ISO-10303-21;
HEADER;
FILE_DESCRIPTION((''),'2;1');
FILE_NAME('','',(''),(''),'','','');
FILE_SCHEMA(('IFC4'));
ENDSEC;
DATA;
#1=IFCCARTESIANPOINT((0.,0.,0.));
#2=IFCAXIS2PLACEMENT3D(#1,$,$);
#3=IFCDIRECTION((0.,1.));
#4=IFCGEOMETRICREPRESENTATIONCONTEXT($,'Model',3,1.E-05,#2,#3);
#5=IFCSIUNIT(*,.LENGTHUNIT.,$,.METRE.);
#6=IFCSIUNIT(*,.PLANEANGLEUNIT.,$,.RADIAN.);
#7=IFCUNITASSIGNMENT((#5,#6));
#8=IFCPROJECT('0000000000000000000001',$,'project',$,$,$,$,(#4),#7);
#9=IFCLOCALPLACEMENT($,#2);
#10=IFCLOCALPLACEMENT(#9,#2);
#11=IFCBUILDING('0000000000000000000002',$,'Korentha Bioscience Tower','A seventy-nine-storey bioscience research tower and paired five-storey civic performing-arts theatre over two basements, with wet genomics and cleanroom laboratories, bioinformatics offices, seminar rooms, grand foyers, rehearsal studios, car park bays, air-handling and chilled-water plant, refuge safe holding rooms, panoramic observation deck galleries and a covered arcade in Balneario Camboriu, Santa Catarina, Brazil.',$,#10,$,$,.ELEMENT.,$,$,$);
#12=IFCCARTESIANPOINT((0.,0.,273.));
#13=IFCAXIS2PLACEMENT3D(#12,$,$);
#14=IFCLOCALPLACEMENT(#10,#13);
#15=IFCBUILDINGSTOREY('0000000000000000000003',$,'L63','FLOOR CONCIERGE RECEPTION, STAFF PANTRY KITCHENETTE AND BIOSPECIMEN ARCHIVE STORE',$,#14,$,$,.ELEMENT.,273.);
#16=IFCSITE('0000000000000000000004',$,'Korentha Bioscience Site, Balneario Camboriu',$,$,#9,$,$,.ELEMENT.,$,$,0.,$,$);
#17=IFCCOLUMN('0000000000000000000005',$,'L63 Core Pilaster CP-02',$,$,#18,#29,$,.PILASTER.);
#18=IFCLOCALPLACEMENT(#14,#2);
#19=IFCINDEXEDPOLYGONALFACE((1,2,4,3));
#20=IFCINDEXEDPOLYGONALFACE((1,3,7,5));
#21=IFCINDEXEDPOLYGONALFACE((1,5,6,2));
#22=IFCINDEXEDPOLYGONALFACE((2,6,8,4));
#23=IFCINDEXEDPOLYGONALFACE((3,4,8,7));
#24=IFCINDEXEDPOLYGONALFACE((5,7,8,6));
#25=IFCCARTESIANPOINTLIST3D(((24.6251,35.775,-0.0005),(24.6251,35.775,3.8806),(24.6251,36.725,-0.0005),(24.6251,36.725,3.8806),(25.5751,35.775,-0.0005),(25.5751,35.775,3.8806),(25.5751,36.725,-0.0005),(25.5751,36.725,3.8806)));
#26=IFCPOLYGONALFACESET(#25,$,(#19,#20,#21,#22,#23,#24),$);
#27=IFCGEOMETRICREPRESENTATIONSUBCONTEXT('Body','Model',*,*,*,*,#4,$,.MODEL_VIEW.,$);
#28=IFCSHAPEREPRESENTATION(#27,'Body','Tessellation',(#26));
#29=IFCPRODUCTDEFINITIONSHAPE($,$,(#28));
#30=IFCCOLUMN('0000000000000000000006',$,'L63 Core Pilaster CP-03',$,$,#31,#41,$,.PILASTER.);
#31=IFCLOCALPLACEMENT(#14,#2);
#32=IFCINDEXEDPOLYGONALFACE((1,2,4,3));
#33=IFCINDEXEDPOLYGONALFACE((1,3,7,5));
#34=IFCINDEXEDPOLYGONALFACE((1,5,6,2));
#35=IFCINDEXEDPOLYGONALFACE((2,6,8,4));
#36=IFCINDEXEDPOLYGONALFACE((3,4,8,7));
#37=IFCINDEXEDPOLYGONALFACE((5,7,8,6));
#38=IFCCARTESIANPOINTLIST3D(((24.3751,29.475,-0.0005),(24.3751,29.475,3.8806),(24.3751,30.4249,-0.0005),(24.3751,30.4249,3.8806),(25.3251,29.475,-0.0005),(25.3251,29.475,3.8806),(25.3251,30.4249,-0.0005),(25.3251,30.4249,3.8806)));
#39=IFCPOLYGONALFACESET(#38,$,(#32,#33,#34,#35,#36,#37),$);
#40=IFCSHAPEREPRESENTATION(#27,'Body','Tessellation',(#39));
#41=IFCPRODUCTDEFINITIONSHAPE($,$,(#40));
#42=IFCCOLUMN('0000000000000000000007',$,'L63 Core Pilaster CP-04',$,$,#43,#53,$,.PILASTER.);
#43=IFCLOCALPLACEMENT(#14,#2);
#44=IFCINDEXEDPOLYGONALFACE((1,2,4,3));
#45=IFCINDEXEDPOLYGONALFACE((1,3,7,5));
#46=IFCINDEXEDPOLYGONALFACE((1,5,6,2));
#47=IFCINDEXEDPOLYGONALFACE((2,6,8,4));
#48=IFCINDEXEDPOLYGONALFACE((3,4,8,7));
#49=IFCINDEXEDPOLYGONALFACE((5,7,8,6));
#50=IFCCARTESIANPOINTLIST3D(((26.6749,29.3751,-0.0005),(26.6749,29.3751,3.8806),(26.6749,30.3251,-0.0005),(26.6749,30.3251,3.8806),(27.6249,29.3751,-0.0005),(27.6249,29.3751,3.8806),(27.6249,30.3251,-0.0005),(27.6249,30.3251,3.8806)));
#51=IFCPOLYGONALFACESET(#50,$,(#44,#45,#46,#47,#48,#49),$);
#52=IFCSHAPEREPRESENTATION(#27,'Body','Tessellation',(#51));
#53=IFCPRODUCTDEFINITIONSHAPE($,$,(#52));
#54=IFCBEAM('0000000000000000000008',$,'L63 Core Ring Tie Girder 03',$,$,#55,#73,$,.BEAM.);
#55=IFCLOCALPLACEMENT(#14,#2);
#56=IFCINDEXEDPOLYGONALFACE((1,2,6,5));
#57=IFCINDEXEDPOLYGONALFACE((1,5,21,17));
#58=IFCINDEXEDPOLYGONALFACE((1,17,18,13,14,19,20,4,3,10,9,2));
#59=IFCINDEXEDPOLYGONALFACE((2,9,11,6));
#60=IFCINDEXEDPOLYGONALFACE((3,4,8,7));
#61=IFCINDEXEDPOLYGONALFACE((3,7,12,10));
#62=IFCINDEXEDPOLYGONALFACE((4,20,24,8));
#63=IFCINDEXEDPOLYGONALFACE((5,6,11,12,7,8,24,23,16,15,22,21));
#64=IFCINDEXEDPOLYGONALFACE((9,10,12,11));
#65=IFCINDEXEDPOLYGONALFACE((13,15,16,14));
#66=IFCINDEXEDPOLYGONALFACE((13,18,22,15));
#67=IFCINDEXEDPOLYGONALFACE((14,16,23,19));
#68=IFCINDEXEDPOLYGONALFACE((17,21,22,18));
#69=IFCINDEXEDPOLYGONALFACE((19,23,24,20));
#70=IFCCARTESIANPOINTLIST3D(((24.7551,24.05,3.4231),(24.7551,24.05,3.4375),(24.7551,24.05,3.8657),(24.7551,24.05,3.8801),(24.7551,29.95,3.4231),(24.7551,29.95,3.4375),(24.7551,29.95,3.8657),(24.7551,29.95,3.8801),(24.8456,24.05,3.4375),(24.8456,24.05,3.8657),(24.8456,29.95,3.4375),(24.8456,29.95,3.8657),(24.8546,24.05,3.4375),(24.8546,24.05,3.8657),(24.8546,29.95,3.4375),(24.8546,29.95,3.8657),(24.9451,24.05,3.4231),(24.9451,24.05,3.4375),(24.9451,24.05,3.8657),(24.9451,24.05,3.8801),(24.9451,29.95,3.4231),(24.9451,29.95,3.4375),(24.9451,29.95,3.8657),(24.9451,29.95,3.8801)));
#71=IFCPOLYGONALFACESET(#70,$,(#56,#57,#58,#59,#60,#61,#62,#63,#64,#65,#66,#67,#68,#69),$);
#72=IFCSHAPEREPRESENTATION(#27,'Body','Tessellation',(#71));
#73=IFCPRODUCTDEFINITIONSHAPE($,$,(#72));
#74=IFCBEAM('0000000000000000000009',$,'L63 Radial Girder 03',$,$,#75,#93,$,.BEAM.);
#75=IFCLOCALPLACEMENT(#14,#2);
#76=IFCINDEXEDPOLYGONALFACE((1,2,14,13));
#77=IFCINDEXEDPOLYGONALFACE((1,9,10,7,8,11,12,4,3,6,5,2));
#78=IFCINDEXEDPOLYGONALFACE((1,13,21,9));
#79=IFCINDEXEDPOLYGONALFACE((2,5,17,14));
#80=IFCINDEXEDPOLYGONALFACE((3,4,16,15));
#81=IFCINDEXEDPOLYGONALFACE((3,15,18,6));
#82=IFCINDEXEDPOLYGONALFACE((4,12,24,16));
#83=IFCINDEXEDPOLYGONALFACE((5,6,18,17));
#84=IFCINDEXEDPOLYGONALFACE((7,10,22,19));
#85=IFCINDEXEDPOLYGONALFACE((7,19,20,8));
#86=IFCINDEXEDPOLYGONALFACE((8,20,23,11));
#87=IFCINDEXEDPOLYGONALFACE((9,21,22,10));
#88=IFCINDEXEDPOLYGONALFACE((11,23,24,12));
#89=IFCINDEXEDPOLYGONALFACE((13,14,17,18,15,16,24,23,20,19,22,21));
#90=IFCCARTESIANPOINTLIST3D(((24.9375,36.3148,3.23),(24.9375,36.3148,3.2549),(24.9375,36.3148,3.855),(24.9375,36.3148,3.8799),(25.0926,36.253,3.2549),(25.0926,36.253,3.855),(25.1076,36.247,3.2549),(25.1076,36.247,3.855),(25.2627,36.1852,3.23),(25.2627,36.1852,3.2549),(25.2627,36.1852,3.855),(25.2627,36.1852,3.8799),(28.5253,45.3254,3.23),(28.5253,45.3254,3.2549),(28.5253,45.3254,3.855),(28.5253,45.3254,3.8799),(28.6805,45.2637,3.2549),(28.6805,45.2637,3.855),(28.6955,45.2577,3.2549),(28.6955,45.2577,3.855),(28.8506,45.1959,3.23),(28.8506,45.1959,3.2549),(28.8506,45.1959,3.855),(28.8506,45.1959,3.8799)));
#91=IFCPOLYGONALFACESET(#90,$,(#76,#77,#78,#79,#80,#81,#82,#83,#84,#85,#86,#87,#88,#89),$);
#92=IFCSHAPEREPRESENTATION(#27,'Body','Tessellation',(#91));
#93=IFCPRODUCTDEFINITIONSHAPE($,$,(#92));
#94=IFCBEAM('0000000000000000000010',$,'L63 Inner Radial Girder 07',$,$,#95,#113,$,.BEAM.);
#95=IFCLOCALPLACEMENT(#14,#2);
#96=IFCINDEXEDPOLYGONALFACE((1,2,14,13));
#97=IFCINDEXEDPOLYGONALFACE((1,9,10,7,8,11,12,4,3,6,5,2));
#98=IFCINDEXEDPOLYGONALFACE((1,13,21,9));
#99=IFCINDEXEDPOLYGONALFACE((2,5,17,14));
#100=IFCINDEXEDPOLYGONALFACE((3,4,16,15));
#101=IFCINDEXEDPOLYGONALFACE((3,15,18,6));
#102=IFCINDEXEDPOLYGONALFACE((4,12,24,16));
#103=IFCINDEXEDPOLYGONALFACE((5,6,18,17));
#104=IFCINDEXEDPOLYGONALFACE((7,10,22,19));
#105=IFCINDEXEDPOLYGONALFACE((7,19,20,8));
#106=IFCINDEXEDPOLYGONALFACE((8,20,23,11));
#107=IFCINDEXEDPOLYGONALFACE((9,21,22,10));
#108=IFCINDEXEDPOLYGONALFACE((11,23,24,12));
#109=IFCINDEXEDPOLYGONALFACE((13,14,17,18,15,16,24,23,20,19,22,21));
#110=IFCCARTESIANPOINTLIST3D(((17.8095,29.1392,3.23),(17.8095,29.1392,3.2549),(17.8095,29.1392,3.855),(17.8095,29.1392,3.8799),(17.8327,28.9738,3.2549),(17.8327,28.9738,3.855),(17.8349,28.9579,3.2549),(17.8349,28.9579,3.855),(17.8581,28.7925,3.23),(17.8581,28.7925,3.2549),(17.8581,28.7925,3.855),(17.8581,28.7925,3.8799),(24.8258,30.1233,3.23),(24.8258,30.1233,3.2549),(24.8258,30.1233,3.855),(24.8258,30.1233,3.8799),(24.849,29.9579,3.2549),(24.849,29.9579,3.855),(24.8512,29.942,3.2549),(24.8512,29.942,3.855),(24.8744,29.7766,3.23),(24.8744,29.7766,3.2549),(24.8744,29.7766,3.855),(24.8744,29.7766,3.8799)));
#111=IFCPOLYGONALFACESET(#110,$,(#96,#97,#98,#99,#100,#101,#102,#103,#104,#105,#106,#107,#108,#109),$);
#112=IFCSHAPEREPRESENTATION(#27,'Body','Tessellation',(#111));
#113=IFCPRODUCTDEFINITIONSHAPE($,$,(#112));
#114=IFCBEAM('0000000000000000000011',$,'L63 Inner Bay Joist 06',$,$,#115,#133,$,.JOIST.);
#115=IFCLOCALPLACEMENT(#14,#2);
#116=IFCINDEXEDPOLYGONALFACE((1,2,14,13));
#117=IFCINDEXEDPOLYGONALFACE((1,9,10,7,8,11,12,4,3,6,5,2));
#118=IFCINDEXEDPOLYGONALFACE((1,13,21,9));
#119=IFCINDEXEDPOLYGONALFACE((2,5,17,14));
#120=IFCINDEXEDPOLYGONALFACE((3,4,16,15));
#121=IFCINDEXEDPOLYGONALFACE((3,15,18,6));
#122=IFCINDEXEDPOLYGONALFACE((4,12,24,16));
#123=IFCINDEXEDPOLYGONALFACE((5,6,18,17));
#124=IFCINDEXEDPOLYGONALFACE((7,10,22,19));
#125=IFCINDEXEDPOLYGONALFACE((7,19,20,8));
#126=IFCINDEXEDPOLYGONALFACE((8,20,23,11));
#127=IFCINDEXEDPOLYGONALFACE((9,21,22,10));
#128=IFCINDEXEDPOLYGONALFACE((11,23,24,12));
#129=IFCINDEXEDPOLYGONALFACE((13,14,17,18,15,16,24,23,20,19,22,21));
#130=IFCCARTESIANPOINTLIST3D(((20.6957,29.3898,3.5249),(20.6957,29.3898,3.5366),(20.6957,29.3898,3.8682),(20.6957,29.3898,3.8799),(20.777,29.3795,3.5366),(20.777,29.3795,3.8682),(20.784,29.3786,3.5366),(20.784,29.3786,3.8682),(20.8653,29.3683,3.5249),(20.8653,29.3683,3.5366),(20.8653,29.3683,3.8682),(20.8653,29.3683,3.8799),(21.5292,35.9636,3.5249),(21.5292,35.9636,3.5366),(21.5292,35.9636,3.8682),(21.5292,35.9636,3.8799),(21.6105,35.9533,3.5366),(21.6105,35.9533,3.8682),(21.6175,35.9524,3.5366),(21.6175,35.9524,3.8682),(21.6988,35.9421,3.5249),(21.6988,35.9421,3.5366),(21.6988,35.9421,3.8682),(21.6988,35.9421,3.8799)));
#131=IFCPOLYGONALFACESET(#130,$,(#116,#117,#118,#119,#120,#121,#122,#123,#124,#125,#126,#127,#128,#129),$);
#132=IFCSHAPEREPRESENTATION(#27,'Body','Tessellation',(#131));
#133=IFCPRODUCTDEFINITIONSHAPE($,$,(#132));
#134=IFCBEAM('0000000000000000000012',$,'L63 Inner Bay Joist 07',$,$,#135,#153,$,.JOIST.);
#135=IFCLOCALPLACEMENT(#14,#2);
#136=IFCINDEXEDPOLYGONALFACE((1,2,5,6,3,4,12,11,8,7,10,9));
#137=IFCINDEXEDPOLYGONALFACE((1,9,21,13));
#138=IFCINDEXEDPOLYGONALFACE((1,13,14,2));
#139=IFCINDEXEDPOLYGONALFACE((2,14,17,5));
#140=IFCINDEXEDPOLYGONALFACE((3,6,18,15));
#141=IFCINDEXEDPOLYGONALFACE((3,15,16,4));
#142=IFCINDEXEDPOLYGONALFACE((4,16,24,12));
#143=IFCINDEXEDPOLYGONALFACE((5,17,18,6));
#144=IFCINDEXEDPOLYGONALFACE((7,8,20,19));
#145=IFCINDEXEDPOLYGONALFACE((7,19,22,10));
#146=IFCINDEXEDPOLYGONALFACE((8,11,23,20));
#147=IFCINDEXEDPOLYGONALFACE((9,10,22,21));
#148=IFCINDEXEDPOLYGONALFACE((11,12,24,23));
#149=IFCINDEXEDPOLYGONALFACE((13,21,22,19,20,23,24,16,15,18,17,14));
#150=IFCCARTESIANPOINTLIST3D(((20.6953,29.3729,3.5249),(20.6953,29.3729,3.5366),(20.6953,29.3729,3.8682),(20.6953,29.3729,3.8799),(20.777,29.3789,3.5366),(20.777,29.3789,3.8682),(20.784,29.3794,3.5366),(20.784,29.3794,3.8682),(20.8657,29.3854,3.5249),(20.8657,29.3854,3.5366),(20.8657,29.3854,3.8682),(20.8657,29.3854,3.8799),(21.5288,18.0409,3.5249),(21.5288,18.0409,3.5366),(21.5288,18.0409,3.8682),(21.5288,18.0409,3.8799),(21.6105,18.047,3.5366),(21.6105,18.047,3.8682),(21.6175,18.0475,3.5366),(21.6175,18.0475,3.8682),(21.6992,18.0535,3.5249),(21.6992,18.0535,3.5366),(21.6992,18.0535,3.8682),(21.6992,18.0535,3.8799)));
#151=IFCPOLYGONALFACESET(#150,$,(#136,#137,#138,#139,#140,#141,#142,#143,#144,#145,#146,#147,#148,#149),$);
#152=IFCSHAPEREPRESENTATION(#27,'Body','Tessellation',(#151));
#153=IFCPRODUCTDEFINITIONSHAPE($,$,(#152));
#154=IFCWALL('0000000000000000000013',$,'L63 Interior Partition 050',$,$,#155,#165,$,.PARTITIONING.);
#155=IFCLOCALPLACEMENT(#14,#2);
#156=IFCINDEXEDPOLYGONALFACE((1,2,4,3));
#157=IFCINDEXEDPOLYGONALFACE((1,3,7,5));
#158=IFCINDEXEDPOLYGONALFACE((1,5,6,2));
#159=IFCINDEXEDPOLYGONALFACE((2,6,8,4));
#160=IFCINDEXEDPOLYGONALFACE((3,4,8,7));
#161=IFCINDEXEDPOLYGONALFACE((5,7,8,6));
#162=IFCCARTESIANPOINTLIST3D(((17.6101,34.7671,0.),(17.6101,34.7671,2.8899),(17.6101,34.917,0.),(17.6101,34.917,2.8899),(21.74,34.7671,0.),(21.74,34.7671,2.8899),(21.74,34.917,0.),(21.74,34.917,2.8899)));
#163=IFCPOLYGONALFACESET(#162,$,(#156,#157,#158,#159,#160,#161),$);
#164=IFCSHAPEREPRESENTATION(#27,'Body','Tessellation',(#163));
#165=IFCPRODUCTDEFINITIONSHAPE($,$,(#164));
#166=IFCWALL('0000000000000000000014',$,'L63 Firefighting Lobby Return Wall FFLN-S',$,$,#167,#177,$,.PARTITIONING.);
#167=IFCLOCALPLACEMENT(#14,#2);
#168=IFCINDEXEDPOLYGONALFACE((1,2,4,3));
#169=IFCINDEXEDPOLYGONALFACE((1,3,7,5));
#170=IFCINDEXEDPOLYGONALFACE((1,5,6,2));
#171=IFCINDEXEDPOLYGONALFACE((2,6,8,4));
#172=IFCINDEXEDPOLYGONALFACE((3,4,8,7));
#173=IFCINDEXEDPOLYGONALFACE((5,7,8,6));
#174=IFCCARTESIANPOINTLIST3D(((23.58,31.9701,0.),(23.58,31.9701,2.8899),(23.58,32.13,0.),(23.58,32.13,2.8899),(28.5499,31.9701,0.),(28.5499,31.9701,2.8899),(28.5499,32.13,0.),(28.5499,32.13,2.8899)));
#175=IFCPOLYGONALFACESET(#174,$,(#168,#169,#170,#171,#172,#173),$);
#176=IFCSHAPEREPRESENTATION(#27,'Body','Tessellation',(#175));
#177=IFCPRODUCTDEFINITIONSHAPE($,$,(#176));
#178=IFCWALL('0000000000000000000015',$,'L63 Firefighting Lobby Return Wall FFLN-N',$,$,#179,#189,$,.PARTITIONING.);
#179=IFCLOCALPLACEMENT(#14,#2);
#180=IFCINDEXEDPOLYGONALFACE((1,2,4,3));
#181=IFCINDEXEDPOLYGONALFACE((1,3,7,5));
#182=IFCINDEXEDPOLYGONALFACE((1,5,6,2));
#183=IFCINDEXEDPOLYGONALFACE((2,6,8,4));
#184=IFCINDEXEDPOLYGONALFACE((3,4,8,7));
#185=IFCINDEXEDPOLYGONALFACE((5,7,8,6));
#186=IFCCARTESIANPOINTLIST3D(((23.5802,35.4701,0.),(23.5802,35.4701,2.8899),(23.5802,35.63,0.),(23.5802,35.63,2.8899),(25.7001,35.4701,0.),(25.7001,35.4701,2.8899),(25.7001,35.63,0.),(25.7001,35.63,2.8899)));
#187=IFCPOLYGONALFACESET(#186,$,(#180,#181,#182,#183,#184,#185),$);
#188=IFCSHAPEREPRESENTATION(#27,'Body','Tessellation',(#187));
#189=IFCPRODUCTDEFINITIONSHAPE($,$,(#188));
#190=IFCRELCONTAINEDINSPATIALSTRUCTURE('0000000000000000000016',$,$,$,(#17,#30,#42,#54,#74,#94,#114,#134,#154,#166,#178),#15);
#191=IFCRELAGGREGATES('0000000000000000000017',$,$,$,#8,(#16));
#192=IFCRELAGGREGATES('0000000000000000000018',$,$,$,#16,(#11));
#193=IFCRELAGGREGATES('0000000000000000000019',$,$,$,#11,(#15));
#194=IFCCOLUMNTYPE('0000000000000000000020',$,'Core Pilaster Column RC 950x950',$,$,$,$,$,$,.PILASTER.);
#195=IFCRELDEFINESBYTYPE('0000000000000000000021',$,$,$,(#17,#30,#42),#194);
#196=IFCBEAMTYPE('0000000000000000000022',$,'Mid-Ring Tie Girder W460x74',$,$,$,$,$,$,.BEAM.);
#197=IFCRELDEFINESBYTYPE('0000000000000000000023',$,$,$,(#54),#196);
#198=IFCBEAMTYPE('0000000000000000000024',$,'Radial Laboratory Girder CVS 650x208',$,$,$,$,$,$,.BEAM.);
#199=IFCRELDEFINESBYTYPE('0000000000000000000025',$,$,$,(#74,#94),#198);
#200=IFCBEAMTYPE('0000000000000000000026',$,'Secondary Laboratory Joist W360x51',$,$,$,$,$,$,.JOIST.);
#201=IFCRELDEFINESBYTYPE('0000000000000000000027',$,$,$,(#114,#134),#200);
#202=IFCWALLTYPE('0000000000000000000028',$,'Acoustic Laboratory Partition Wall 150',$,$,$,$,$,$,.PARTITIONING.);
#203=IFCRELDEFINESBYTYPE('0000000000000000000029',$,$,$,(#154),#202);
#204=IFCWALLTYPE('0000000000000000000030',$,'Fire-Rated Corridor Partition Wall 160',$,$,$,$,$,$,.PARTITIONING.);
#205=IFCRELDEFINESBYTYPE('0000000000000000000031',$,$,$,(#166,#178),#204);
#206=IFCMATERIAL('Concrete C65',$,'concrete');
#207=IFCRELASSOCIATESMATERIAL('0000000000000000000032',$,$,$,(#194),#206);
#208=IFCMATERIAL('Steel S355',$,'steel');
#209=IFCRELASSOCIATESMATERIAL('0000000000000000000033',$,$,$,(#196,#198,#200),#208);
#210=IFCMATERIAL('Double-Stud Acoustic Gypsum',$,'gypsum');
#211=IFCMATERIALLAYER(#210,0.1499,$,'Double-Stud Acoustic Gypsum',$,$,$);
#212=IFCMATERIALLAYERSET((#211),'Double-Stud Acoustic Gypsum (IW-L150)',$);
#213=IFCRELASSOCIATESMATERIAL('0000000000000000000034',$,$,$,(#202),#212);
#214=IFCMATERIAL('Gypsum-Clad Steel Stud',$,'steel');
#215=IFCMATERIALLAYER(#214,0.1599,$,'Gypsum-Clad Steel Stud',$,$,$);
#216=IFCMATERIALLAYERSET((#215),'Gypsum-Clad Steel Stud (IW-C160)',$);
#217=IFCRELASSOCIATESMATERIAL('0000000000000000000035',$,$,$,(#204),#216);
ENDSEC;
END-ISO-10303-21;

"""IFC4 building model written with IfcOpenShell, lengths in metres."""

from ifc_helpers import new_model, si_unit, direction, frame, frame_2d, origin, origin_2d, place, context, subcontext, project, spatial, rectangle, i_section, extrude, material, layer, layer_set, material_profile, profile_set, type_object, element, save


model = new_model("IFC4")

# Units and contexts
model_context = context("Model", 3, precision=1e-05, world=origin(), true_north=direction((0.0, 1.0)))
body_context = subcontext(model_context, "Body", "Model", "MODEL_VIEW")
ifc_project = project(units=[si_unit("LENGTHUNIT", "METRE"), si_unit("PLANEANGLEUNIT", "RADIAN")], contexts=[model_context])

# Site, building, storey
site_placement = place(None, origin())
site = spatial("IfcSite", under=ifc_project, at=site_placement, Name="Korentha Bioscience Site, Balneario Camboriu", CompositionType="ELEMENT", RefElevation=0.0)
building_placement = place(site_placement, origin())
building = spatial("IfcBuilding", under=site, at=building_placement, Name="Korentha Bioscience Tower", Description="A seventy-nine-storey bioscience research tower and paired five-storey civic performing-arts theatre over two basements, with wet genomics and cleanroom laboratories, bioinformatics offices, seminar rooms, grand foyers, rehearsal studios, car park bays, air-handling and chilled-water plant, refuge safe holding rooms, panoramic observation deck galleries and a covered arcade in Balneario Camboriu, Santa Catarina, Brazil.", CompositionType="ELEMENT")
storey_placement = place(building_placement, frame((0.0, 0.0, 273.0)))
storey = spatial("IfcBuildingStorey", under=building, at=storey_placement, Name="L63", Description="FLOOR CONCIERGE RECEPTION, STAFF PANTRY KITCHENETTE AND BIOSPECIMEN ARCHIVE STORE", CompositionType="ELEMENT", Elevation=273.0)

# Columns
ifc_material_1 = material(Name="Concrete C65", Category="concrete")
ifc_material_profile_1 = material_profile(ifc_material_1, rectangle(XDim=0.95, YDim=0.95, at=origin_2d()), Name="Concrete C65")
ifc_profile_set_1 = profile_set([ifc_material_profile_1], Name="Concrete C65 (COL-CP09)")
column_type = type_object("IfcColumnType", Name="Core Pilaster Column RC 950x950", PredefinedType="PILASTER", material=ifc_profile_set_1)
for number, where, z_axis, x_axis, name in (
    (1, (25.1001, 36.25, -0.0005), (0.0, 0.0, 1.0), (1.0, 0.0, 0.0), "L63 Core Pilaster CP-02"),
    (2, (24.8501, 29.95, -0.0005), (0.0, 0.0, 1.0), (1.0, 0.0, 0.0), "L63 Core Pilaster CP-03"),
    (3, (27.1499, 29.8501, -0.0005), (0.0, 0.0, 1.0), (1.0, 0.0, 0.0), "L63 Core Pilaster CP-04"),
):
    element("IfcColumn", number, at=place(storey_placement, frame(where, z_axis=z_axis, x_axis=x_axis)), inside=storey, type_object=column_type, Name=name, PredefinedType="PILASTER", context=body_context, shape_type="SweptSolid", body=[
        extrude(rectangle(XDim=0.95, YDim=0.95, at=origin_2d()), origin(), (0.0, 0.0, 1.0), 3.8811),
    ])

# Beams
ifc_material_2 = material(Name="Steel S355", Category="steel")
ifc_material_profile_2 = material_profile(ifc_material_2, i_section(OverallWidth=0.1899, OverallDepth=0.457, WebThickness=0.009, FlangeThickness=0.0144, at=origin_2d()), Name="Steel S355")
ifc_profile_set_2 = profile_set([ifc_material_profile_2], Name="Steel S355 (MB-460)")
beam_type_1 = type_object("IfcBeamType", Name="Mid-Ring Tie Girder W460x74", PredefinedType="BEAM", material=ifc_profile_set_2)
beam_1_placement = place(storey_placement, frame((24.8501, 29.95, 3.6516), z_axis=(0.0, -1.0, 0.0), x_axis=(1.0, 0.0, 0.0)))
element("IfcBeam", 4, at=beam_1_placement, inside=storey, type_object=beam_type_1, Name="L63 Core Ring Tie Girder 03", PredefinedType="BEAM", context=body_context, shape_type="SweptSolid", body=[
    extrude(i_section(OverallWidth=0.1899, OverallDepth=0.457, WebThickness=0.009, FlangeThickness=0.0144, at=origin_2d()), origin(), (0.0, 0.0, 1.0), 5.8999),
])
ifc_material_profile_3 = material_profile(ifc_material_2, i_section(OverallWidth=0.3501, OverallDepth=0.6499, WebThickness=0.0161, FlangeThickness=0.0249, at=origin_2d()), Name="Steel S355")
ifc_profile_set_3 = profile_set([ifc_material_profile_3], Name="Steel S355 (RB-650)")
beam_type_2 = type_object("IfcBeamType", Name="Radial Laboratory Girder CVS 650x208", PredefinedType="BEAM", material=ifc_profile_set_3)
beam_2_placement = place(storey_placement, frame((25.1001, 36.25, 3.5549), z_axis=(0.369932, 0.929059, 0.0), x_axis=(-0.929059, 0.369932, 0.0)))
element("IfcBeam", 5, at=beam_2_placement, inside=storey, type_object=beam_type_2, Name="L63 Radial Girder 03", PredefinedType="BEAM", context=body_context, shape_type="SweptSolid", body=[
    extrude(i_section(OverallWidth=0.3501, OverallDepth=0.6499, WebThickness=0.0161, FlangeThickness=0.0249, at=origin_2d()), origin(), (0.0, 0.0, 1.0), 9.6987),
])
beam_3_placement = place(storey_placement, frame((24.8501, 29.95, 3.5549), z_axis=(-0.990306, -0.138903, 0.0), x_axis=(0.138903, -0.990306, 0.0)))
element("IfcBeam", 6, at=beam_3_placement, inside=storey, type_object=beam_type_2, Name="L63 Inner Radial Girder 07", PredefinedType="BEAM", context=body_context, shape_type="SweptSolid", body=[
    extrude(i_section(OverallWidth=0.3501, OverallDepth=0.6499, WebThickness=0.0161, FlangeThickness=0.0249, at=origin_2d()), origin(), (0.0, 0.0, 1.0), 7.085),
])
ifc_material_profile_4 = material_profile(ifc_material_2, i_section(OverallWidth=0.1709, OverallDepth=0.355, WebThickness=0.0071, FlangeThickness=0.0117, at=origin_2d()), Name="Steel S355")
ifc_profile_set_4 = profile_set([ifc_material_profile_4], Name="Steel S355 (JB-360)")
beam_type_3 = type_object("IfcBeamType", Name="Secondary Laboratory Joist W360x51", PredefinedType="JOIST", material=ifc_profile_set_4)
beam_4_placement = place(storey_placement, frame((21.614, 35.9529, 3.7024), z_axis=(-0.125785, -0.992058, 0.0), x_axis=(0.992058, -0.125785, 0.0)))
element("IfcBeam", 7, at=beam_4_placement, inside=storey, type_object=beam_type_3, Name="L63 Inner Bay Joist 06", PredefinedType="JOIST", context=body_context, shape_type="SweptSolid", body=[
    extrude(i_section(OverallWidth=0.1709, OverallDepth=0.355, WebThickness=0.0071, FlangeThickness=0.0117, at=origin_2d()), origin(), (0.0, 0.0, 1.0), 6.6265),
])
beam_5_placement = place(storey_placement, frame((20.7805, 29.3792, 3.7024), z_axis=(0.073354, -0.997306, 0.0), x_axis=(0.997306, 0.073354, 0.0)))
element("IfcBeam", 8, at=beam_5_placement, inside=storey, type_object=beam_type_3, Name="L63 Inner Bay Joist 07", PredefinedType="JOIST", context=body_context, shape_type="SweptSolid", body=[
    extrude(i_section(OverallWidth=0.1709, OverallDepth=0.355, WebThickness=0.0071, FlangeThickness=0.0117, at=origin_2d()), origin(), (0.0, 0.0, 1.0), 11.3625),
])

# Wall
ifc_material_3 = material(Name="Double-Stud Acoustic Gypsum", Category="gypsum")
ifc_layer_1 = layer(ifc_material_3, 0.1499, Name="Double-Stud Acoustic Gypsum")
ifc_layer_set_1 = layer_set([ifc_layer_1], Name="Double-Stud Acoustic Gypsum (IW-L150)")
wall_type_1 = type_object("IfcWallType", Name="Acoustic Laboratory Partition Wall 150", PredefinedType="PARTITIONING", material=ifc_layer_set_1)
wall_1_placement = place(storey_placement, frame((21.74, 34.842, 0.0), z_axis=(0.0, 0.0, 1.0), x_axis=(-1.0, 0.0, 0.0)))
element("IfcWall", 9, at=wall_1_placement, inside=storey, type_object=wall_type_1, Name="L63 Interior Partition 050", PredefinedType="PARTITIONING", context=body_context, shape_type="SweptSolid", body=[
    extrude(rectangle(XDim=4.1299, YDim=0.1499, at=frame_2d((2.0649, 0.0))), origin(), (0.0, 0.0, 1.0), 2.8899),
])

# Shared definitions
ifc_material_4 = material(Name="Gypsum-Clad Steel Stud", Category="steel")
ifc_layer_2 = layer(ifc_material_4, 0.1599, Name="Gypsum-Clad Steel Stud")
ifc_layer_set_2 = layer_set([ifc_layer_2], Name="Gypsum-Clad Steel Stud (IW-C160)")
wall_type_2 = type_object("IfcWallType", Name="Fire-Rated Corridor Partition Wall 160", PredefinedType="PARTITIONING", material=ifc_layer_set_2)

# Walls
wall_2_placement = place(storey_placement, frame((23.5801, 32.05, 0.0), z_axis=(0.0, 0.0, 1.0), x_axis=(1.0, 0.0, 0.0)))
element("IfcWall", 10, at=wall_2_placement, inside=storey, type_object=wall_type_2, Name="L63 Firefighting Lobby Return Wall FFLN-S", PredefinedType="PARTITIONING", context=body_context, shape_type="SweptSolid", body=[
    extrude(rectangle(XDim=4.97, YDim=0.1599, at=frame_2d((2.4849, 0.0))), origin(), (0.0, 0.0, 1.0), 2.8899),
])
wall_3_placement = place(storey_placement, frame((23.5801, 35.55, 0.0), z_axis=(0.0, 0.0, 1.0), x_axis=(1.0, 0.0, 0.0)))
element("IfcWall", 11, at=wall_3_placement, inside=storey, type_object=wall_type_2, Name="L63 Firefighting Lobby Return Wall FFLN-N", PredefinedType="PARTITIONING", context=body_context, shape_type="SweptSolid", body=[
    extrude(rectangle(XDim=2.1199, YDim=0.1599, at=frame_2d((1.0601, 0.0))), origin(), (0.0, 0.0, 1.0), 2.8899),
])

save(model, "model.ifc")
